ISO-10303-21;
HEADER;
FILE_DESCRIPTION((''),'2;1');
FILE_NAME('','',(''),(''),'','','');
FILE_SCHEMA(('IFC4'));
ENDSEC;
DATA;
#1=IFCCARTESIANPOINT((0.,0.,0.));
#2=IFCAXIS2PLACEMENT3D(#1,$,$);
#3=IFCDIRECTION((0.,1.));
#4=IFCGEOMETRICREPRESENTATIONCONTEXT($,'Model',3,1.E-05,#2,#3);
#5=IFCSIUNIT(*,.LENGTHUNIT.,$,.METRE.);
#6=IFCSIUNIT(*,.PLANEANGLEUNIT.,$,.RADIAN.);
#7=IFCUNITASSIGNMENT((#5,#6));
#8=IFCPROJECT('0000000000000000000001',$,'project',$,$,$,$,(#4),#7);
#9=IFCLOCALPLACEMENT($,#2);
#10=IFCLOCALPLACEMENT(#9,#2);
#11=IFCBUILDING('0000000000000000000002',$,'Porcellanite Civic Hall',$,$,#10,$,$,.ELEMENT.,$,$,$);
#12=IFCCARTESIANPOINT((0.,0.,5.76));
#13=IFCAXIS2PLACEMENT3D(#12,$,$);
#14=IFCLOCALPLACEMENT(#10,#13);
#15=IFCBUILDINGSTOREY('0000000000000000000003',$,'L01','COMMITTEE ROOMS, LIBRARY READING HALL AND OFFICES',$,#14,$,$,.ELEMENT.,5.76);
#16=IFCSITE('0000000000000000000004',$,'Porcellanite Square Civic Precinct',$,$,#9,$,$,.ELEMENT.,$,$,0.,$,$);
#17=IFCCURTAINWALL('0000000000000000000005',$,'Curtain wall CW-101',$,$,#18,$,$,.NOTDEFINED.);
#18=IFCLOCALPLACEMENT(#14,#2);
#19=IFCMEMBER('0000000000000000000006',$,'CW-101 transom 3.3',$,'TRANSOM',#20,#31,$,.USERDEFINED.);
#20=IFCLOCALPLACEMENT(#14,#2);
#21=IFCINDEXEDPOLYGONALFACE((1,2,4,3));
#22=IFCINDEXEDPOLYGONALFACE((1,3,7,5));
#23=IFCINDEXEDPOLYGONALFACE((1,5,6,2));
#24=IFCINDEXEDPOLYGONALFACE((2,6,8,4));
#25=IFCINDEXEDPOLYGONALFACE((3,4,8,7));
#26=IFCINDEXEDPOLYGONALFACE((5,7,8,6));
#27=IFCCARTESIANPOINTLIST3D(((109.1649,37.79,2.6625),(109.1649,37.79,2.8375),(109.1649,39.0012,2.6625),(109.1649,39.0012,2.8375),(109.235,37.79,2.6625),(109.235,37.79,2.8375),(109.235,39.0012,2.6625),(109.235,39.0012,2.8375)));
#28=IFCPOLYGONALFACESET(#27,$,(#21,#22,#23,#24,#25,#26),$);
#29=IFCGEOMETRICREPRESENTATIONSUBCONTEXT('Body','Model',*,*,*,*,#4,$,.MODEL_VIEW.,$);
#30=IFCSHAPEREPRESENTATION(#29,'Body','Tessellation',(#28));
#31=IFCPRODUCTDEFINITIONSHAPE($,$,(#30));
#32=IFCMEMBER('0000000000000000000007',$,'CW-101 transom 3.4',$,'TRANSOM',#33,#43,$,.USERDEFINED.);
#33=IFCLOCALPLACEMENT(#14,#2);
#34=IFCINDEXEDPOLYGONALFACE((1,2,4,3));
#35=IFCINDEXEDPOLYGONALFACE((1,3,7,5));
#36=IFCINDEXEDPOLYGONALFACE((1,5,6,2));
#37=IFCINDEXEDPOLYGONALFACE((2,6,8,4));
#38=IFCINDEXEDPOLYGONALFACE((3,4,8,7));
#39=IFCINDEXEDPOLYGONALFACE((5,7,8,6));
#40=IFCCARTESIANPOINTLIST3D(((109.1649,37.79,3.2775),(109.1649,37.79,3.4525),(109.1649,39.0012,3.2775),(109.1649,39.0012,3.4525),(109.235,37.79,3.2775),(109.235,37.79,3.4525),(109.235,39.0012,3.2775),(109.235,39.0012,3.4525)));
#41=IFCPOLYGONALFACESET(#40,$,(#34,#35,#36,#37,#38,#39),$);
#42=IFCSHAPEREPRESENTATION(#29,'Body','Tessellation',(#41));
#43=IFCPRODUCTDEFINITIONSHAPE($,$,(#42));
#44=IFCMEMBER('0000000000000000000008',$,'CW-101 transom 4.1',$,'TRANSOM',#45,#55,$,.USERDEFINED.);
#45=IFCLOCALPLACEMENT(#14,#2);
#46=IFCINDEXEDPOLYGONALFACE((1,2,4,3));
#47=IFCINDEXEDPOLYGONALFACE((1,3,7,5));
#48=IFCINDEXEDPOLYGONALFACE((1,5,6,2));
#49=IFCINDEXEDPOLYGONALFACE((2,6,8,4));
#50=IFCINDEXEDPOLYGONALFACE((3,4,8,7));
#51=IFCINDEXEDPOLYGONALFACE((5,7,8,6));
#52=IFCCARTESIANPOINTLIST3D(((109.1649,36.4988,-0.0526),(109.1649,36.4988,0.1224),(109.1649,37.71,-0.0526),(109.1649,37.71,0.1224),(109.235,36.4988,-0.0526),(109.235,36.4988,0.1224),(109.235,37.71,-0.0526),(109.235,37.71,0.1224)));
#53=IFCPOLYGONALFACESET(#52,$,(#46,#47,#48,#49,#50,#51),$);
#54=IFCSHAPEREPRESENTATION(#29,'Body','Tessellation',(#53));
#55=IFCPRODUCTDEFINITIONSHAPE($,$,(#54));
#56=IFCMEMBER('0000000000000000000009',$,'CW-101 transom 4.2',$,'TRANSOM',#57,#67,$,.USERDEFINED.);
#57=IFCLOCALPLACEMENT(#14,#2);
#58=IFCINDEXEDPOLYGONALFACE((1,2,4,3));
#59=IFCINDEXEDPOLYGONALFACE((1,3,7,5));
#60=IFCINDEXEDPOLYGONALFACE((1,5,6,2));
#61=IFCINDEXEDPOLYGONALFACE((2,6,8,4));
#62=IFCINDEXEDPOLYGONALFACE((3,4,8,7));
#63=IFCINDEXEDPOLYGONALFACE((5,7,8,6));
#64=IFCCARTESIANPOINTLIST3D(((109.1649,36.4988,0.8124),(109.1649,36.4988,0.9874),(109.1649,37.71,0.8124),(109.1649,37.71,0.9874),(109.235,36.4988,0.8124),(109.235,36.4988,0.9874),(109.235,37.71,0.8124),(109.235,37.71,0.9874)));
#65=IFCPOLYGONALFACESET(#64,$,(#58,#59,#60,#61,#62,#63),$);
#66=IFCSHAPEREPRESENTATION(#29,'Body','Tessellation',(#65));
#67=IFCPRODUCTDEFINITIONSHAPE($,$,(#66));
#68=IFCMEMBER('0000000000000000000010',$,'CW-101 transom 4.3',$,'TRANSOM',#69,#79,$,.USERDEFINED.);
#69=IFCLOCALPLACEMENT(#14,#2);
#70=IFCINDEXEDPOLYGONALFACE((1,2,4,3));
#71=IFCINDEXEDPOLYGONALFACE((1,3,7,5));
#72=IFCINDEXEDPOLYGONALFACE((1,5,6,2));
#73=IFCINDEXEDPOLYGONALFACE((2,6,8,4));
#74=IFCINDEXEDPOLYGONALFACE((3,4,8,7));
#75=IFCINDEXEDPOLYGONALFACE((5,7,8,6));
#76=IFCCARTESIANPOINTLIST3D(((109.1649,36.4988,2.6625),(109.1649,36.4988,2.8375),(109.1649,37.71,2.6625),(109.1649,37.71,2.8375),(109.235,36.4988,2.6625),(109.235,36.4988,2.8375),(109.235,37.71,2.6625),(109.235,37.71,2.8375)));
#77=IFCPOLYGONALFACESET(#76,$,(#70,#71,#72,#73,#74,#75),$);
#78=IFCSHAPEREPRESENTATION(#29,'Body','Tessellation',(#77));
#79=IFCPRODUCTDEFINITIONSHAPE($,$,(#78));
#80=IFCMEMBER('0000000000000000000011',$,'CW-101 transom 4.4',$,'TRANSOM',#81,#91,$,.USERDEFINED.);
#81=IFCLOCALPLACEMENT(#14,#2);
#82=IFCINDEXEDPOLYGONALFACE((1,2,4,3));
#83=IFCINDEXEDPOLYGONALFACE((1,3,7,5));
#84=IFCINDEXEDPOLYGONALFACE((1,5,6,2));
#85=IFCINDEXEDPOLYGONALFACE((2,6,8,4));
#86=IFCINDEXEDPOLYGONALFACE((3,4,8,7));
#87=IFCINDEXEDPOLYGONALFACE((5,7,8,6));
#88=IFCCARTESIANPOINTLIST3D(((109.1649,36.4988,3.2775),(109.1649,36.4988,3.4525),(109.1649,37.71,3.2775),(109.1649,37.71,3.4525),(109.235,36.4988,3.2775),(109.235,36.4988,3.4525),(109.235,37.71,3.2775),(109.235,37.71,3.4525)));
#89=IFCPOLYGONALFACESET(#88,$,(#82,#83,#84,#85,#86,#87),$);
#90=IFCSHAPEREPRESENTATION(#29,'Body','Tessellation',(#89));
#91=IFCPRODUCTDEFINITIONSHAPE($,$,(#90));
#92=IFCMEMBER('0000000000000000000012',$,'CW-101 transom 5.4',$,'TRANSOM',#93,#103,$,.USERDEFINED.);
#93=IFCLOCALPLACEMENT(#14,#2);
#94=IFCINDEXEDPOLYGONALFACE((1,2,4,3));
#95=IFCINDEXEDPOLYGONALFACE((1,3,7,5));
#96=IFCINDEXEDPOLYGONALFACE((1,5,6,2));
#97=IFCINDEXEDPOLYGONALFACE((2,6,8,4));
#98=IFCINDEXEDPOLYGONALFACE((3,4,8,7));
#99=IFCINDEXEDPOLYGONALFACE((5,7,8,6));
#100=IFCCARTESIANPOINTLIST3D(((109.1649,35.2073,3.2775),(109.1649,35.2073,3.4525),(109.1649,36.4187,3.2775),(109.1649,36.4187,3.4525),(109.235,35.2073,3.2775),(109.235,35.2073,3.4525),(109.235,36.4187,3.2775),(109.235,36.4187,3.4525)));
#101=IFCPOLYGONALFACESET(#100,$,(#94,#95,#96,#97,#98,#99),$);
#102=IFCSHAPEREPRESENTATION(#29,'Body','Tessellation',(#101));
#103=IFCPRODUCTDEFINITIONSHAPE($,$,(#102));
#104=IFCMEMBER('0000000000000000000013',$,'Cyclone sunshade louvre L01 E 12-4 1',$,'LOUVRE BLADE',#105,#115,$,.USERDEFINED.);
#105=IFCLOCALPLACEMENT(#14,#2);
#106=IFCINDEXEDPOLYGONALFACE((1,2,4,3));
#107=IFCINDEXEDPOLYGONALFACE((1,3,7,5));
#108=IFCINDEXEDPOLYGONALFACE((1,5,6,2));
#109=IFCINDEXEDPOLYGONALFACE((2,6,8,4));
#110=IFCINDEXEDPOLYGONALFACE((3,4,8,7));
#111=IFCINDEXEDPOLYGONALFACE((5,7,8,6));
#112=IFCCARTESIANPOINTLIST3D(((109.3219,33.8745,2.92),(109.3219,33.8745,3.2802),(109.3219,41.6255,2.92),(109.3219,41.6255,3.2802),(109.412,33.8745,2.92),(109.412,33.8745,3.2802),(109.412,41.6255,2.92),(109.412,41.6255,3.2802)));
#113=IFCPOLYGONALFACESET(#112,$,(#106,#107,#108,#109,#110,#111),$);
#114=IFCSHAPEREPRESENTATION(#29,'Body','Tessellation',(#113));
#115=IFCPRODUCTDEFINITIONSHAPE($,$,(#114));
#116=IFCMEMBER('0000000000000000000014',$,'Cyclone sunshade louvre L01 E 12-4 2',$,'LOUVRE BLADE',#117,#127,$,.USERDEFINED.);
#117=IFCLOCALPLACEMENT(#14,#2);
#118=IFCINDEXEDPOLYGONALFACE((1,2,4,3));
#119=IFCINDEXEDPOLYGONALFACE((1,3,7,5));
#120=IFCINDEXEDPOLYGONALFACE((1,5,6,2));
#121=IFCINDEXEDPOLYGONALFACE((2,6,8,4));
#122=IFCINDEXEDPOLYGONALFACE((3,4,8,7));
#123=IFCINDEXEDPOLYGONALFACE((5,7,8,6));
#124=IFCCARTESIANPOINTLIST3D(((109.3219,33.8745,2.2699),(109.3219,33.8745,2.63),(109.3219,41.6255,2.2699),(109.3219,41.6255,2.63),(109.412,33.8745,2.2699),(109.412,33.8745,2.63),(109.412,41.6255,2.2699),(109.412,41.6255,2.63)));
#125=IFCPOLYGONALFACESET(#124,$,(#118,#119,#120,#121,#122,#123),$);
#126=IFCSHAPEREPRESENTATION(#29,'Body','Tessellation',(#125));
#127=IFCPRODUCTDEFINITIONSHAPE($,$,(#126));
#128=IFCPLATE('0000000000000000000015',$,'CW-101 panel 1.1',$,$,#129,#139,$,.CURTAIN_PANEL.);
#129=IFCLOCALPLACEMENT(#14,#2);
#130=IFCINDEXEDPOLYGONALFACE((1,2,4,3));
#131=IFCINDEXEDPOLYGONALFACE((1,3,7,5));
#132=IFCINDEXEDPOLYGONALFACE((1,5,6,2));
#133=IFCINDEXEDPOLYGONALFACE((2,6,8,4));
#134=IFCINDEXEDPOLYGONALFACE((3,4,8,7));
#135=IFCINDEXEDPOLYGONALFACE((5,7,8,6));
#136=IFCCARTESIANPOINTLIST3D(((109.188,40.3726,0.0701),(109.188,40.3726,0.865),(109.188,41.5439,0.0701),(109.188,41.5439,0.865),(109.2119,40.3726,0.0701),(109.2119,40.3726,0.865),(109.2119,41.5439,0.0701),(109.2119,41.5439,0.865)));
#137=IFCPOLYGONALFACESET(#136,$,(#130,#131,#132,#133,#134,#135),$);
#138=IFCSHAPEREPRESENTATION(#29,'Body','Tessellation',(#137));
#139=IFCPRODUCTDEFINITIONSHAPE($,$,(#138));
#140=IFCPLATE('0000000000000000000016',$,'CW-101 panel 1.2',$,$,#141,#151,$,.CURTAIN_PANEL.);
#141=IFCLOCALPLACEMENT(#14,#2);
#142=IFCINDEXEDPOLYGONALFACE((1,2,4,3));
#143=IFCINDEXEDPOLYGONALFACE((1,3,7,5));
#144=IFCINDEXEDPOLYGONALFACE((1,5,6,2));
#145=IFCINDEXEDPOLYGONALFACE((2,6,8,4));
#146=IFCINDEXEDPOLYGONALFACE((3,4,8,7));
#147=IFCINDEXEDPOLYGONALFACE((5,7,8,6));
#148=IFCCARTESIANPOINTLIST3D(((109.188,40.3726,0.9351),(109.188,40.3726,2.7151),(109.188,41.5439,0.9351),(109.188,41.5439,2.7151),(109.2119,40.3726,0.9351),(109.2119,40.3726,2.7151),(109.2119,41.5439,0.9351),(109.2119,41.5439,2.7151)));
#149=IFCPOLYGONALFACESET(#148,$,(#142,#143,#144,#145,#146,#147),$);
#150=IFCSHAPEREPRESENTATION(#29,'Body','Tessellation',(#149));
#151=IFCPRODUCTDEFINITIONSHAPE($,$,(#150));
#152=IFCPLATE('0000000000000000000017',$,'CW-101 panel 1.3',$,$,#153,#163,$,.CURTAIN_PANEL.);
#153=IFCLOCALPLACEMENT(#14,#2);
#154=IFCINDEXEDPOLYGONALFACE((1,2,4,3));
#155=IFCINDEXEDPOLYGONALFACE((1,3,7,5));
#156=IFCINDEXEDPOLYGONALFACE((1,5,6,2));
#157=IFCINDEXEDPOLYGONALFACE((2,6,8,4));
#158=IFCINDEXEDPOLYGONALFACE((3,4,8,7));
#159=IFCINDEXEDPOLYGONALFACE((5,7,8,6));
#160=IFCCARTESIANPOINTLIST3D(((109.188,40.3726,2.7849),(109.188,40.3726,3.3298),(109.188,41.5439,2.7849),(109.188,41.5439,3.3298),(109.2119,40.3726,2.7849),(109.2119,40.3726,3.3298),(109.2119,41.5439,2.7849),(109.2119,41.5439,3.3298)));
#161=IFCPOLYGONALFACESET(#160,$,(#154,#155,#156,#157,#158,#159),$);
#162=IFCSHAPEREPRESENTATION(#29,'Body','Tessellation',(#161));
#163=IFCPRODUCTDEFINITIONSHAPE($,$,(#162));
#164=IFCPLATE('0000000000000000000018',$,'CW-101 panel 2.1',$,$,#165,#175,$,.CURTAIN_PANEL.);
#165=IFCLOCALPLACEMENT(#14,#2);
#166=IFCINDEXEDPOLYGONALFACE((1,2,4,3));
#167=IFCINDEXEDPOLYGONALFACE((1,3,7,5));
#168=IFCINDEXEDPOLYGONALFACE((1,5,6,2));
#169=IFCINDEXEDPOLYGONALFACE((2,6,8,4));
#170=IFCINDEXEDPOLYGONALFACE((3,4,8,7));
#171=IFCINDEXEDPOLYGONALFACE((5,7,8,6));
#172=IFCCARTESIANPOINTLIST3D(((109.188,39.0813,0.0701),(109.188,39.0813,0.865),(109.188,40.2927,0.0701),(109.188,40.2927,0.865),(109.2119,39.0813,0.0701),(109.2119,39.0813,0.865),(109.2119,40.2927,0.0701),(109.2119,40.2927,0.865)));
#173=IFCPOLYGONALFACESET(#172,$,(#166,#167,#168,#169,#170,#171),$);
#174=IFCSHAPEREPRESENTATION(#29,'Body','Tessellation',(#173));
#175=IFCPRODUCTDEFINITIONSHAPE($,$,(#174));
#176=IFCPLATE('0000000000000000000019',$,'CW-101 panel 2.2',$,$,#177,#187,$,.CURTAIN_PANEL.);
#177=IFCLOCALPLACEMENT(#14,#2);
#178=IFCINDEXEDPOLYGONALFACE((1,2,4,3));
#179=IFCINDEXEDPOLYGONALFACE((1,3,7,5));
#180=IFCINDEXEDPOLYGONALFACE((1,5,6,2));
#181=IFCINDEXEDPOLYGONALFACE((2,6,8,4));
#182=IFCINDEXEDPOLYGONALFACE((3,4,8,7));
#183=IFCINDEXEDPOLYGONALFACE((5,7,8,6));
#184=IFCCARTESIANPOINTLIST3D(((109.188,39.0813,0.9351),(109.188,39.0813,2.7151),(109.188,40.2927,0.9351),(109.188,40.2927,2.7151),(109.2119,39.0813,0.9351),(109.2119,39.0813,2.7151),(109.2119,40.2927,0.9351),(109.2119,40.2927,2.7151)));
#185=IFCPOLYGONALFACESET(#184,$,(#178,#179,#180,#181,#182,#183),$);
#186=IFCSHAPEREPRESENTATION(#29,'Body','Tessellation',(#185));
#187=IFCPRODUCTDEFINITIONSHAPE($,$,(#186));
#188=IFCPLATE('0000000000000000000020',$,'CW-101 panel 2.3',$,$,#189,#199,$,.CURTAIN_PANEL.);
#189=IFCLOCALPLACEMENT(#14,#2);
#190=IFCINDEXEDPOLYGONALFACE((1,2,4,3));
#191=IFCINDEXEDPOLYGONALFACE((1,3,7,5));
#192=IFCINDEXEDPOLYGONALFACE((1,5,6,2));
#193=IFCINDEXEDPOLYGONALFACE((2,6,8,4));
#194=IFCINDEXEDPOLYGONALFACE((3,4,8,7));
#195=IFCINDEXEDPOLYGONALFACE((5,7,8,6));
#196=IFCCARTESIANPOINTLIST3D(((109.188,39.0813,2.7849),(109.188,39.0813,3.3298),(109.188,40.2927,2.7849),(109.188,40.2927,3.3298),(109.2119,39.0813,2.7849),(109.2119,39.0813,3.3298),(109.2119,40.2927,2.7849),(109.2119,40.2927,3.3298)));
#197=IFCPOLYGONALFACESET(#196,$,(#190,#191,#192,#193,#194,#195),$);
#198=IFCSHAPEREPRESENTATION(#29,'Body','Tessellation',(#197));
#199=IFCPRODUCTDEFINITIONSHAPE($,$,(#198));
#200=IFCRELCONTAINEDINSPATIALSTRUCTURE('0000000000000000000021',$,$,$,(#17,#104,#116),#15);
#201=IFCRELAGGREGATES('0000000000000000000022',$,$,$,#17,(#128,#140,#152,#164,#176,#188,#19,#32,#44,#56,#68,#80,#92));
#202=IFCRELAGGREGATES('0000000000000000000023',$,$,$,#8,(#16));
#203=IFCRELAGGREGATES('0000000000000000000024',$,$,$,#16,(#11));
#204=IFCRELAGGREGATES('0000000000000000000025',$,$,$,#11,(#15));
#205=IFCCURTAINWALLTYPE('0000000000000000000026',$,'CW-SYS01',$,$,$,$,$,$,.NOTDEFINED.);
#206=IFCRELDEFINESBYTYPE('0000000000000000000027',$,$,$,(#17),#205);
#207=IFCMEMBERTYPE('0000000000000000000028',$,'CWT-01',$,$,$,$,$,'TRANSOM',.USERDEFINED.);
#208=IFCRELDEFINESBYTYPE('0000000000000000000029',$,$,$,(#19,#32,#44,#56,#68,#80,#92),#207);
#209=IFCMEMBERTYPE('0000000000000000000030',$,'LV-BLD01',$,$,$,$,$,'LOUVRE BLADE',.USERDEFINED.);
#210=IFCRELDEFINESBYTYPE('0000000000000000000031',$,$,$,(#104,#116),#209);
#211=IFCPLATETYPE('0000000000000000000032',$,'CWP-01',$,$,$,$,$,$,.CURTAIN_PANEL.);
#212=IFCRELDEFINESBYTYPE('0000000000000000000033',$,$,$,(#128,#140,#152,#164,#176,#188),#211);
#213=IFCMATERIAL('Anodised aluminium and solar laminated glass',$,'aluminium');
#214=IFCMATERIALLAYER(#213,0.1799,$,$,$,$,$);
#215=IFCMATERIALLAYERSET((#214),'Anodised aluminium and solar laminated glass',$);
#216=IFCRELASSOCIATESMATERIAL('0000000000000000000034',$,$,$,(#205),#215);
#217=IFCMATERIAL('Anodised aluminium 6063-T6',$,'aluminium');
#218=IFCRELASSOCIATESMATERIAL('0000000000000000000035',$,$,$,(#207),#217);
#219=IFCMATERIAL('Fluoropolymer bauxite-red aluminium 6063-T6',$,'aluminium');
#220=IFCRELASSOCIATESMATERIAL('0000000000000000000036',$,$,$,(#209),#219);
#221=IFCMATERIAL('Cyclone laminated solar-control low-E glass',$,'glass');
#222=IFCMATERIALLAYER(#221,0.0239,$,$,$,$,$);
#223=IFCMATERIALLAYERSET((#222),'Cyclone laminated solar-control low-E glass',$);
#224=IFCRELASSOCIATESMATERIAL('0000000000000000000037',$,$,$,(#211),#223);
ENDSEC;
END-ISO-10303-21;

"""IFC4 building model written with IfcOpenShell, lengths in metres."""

from ifc_helpers import new_model, si_unit, direction, frame, origin, origin_2d, place, context, subcontext, project, spatial, rectangle, extrude, material, layer, layer_set, material_profile, profile_set, type_object, element, aggregate, save


model = new_model("IFC4")

# Units and contexts
model_context = context("Model", 3, precision=1e-05, world=origin(), true_north=direction((0.0, 1.0)))
body_context = subcontext(model_context, "Body", "Model", "MODEL_VIEW")
ifc_project = project(units=[si_unit("LENGTHUNIT", "METRE"), si_unit("PLANEANGLEUNIT", "RADIAN")], contexts=[model_context])

# Site, building, storey
site_placement = place(None, origin())
site = spatial("IfcSite", under=ifc_project, at=site_placement, Name="Porcellanite Square Civic Precinct", CompositionType="ELEMENT", RefElevation=0.0)
building_placement = place(site_placement, origin())
building = spatial("IfcBuilding", under=site, at=building_placement, Name="Porcellanite Civic Hall", CompositionType="ELEMENT")
storey_placement = place(building_placement, frame((0.0, 0.0, 5.76)))
storey = spatial("IfcBuildingStorey", under=building, at=storey_placement, Name="L01", Description="COMMITTEE ROOMS, LIBRARY READING HALL AND OFFICES", CompositionType="ELEMENT", Elevation=5.76)

# Curtain wall, members
ifc_material_1 = material(Name="Anodised aluminium and solar laminated glass", Category="aluminium")
ifc_layer_1 = layer(ifc_material_1, 0.1799)
ifc_layer_set_1 = layer_set([ifc_layer_1], Name="Anodised aluminium and solar laminated glass")
curtain_wall_type = type_object("IfcCurtainWallType", Name="CW-SYS01", PredefinedType="NOTDEFINED", material=ifc_layer_set_1)
curtain_wall_placement = place(storey_placement, origin())
curtain_wall = element("IfcCurtainWall", 1, at=curtain_wall_placement, inside=storey, type_object=curtain_wall_type, Name="Curtain wall CW-101", PredefinedType="NOTDEFINED")
ifc_material_2 = material(Name="Anodised aluminium 6063-T6", Category="aluminium")
ifc_material_profile_1 = material_profile(ifc_material_2, rectangle(XDim=0.0701, YDim=0.175, at=origin_2d()), Name="AL-70x175")
ifc_profile_set_1 = profile_set([ifc_material_profile_1], Name="Anodised aluminium 6063-T6")
member_type_1 = type_object("IfcMemberType", Name="CWT-01", ElementType="TRANSOM", PredefinedType="USERDEFINED", material=ifc_profile_set_1)
member_1_placement = place(storey_placement, frame((109.2, 39.0012, 2.75), z_axis=(0.0, -1.0, 0.0), x_axis=(1.0, 0.0, 0.0)))
member_1 = element("IfcMember", 2, at=member_1_placement, type_object=member_type_1, Name="CW-101 transom 3.3", ObjectType="TRANSOM", PredefinedType="USERDEFINED", context=body_context, shape_type="SweptSolid", body=[
    extrude(rectangle(XDim=0.0701, YDim=0.175, at=origin_2d()), origin(), (0.0, 0.0, 1.0), 1.2112),
])
member_2_placement = place(storey_placement, frame((109.2, 39.0012, 3.365), z_axis=(0.0, -1.0, 0.0), x_axis=(1.0, 0.0, 0.0)))
member_2 = element("IfcMember", 3, at=member_2_placement, type_object=member_type_1, Name="CW-101 transom 3.4", ObjectType="TRANSOM", PredefinedType="USERDEFINED", context=body_context, shape_type="SweptSolid", body=[
    extrude(rectangle(XDim=0.0701, YDim=0.175, at=origin_2d()), origin(), (0.0, 0.0, 1.0), 1.2112),
])
member_3_placement = place(storey_placement, frame((109.2, 37.71, 0.0349), z_axis=(0.0, -1.0, 0.0), x_axis=(1.0, 0.0, 0.0)))
member_3 = element("IfcMember", 4, at=member_3_placement, type_object=member_type_1, Name="CW-101 transom 4.1", ObjectType="TRANSOM", PredefinedType="USERDEFINED", context=body_context, shape_type="SweptSolid", body=[
    extrude(rectangle(XDim=0.0701, YDim=0.175, at=origin_2d()), origin(), (0.0, 0.0, 1.0), 1.2112),
])
member_4_placement = place(storey_placement, frame((109.2, 37.71, 0.8999), z_axis=(0.0, -1.0, 0.0), x_axis=(1.0, 0.0, 0.0)))
member_4 = element("IfcMember", 5, at=member_4_placement, type_object=member_type_1, Name="CW-101 transom 4.2", ObjectType="TRANSOM", PredefinedType="USERDEFINED", context=body_context, shape_type="SweptSolid", body=[
    extrude(rectangle(XDim=0.0701, YDim=0.175, at=origin_2d()), origin(), (0.0, 0.0, 1.0), 1.2112),
])
member_5_placement = place(storey_placement, frame((109.2, 37.71, 2.75), z_axis=(0.0, -1.0, 0.0), x_axis=(1.0, 0.0, 0.0)))
member_5 = element("IfcMember", 6, at=member_5_placement, type_object=member_type_1, Name="CW-101 transom 4.3", ObjectType="TRANSOM", PredefinedType="USERDEFINED", context=body_context, shape_type="SweptSolid", body=[
    extrude(rectangle(XDim=0.0701, YDim=0.175, at=origin_2d()), origin(), (0.0, 0.0, 1.0), 1.2112),
])
member_6_placement = place(storey_placement, frame((109.2, 37.71, 3.365), z_axis=(0.0, -1.0, 0.0), x_axis=(1.0, 0.0, 0.0)))
member_6 = element("IfcMember", 7, at=member_6_placement, type_object=member_type_1, Name="CW-101 transom 4.4", ObjectType="TRANSOM", PredefinedType="USERDEFINED", context=body_context, shape_type="SweptSolid", body=[
    extrude(rectangle(XDim=0.0701, YDim=0.175, at=origin_2d()), origin(), (0.0, 0.0, 1.0), 1.2112),
])
member_7_placement = place(storey_placement, frame((109.2, 36.4187, 3.365), z_axis=(0.0, -1.0, 0.0), x_axis=(1.0, 0.0, 0.0)))
member_7 = element("IfcMember", 8, at=member_7_placement, type_object=member_type_1, Name="CW-101 transom 5.4", ObjectType="TRANSOM", PredefinedType="USERDEFINED", context=body_context, shape_type="SweptSolid", body=[
    extrude(rectangle(XDim=0.0701, YDim=0.175, at=origin_2d()), origin(), (0.0, 0.0, 1.0), 1.2114),
])

# Members
ifc_material_3 = material(Name="Fluoropolymer bauxite-red aluminium 6063-T6", Category="aluminium")
ifc_material_profile_2 = material_profile(ifc_material_3, rectangle(XDim=0.0901, YDim=0.3601, at=origin_2d()), Name="AL-90x360")
ifc_profile_set_2 = profile_set([ifc_material_profile_2], Name="Fluoropolymer bauxite-red aluminium 6063-T6")
member_type_2 = type_object("IfcMemberType", Name="LV-BLD01", ElementType="LOUVRE BLADE", PredefinedType="USERDEFINED", material=ifc_profile_set_2)
for number, where, z_axis, x_axis, name in (
    (9, (109.3669, 41.6255, 3.1001), (0.0, -1.0, 0.0), (1.0, 0.0, 0.0), "Cyclone sunshade louvre L01 E 12-4 1"),
    (10, (109.3669, 41.6255, 2.45), (0.0, -1.0, 0.0), (1.0, 0.0, 0.0), "Cyclone sunshade louvre L01 E 12-4 2"),
):
    element("IfcMember", number, at=place(storey_placement, frame(where, z_axis=z_axis, x_axis=x_axis)), inside=storey, type_object=member_type_2, Name=name, ObjectType="LOUVRE BLADE", PredefinedType="USERDEFINED", context=body_context, shape_type="SweptSolid", body=[
        extrude(rectangle(XDim=0.0901, YDim=0.3601, at=origin_2d()), origin(), (0.0, 0.0, 1.0), 7.751),
    ])

# Plates
ifc_material_4 = material(Name="Cyclone laminated solar-control low-E glass", Category="glass")
ifc_layer_2 = layer(ifc_material_4, 0.0239)
ifc_layer_set_2 = layer_set([ifc_layer_2], Name="Cyclone laminated solar-control low-E glass")
plate_type = type_object("IfcPlateType", Name="CWP-01", PredefinedType="CURTAIN_PANEL", material=ifc_layer_set_2)
plate_1_placement = place(storey_placement, frame((109.2, 40.9583, 0.0701), z_axis=(0.0, 0.0, 1.0), x_axis=(0.0, -1.0, 0.0)))
plate_1 = element("IfcPlate", 11, at=plate_1_placement, type_object=plate_type, Name="CW-101 panel 1.1", PredefinedType="CURTAIN_PANEL", context=body_context, shape_type="SweptSolid", body=[
    extrude(rectangle(XDim=1.1714, YDim=0.0239, at=origin_2d()), origin(), (0.0, 0.0, 1.0), 0.7949),
])
plate_2_placement = place(storey_placement, frame((109.2, 40.9583, 0.9351), z_axis=(0.0, 0.0, 1.0), x_axis=(0.0, -1.0, 0.0)))
plate_2 = element("IfcPlate", 12, at=plate_2_placement, type_object=plate_type, Name="CW-101 panel 1.2", PredefinedType="CURTAIN_PANEL", context=body_context, shape_type="SweptSolid", body=[
    extrude(rectangle(XDim=1.1714, YDim=0.0239, at=origin_2d()), origin(), (0.0, 0.0, 1.0), 1.78),
])
plate_3_placement = place(storey_placement, frame((109.2, 40.9583, 2.7849), z_axis=(0.0, 0.0, 1.0), x_axis=(0.0, -1.0, 0.0)))
plate_3 = element("IfcPlate", 13, at=plate_3_placement, type_object=plate_type, Name="CW-101 panel 1.3", PredefinedType="CURTAIN_PANEL", context=body_context, shape_type="SweptSolid", body=[
    extrude(rectangle(XDim=1.1714, YDim=0.0239, at=origin_2d()), origin(), (0.0, 0.0, 1.0), 0.5449),
])
plate_4_placement = place(storey_placement, frame((109.2, 39.687, 0.0701), z_axis=(0.0, 0.0, 1.0), x_axis=(0.0, -1.0, 0.0)))
plate_4 = element("IfcPlate", 14, at=plate_4_placement, type_object=plate_type, Name="CW-101 panel 2.1", PredefinedType="CURTAIN_PANEL", context=body_context, shape_type="SweptSolid", body=[
    extrude(rectangle(XDim=1.2114, YDim=0.0239, at=origin_2d()), origin(), (0.0, 0.0, 1.0), 0.7949),
])
plate_5_placement = place(storey_placement, frame((109.2, 39.687, 0.9351), z_axis=(0.0, 0.0, 1.0), x_axis=(0.0, -1.0, 0.0)))
plate_5 = element("IfcPlate", 15, at=plate_5_placement, type_object=plate_type, Name="CW-101 panel 2.2", PredefinedType="CURTAIN_PANEL", context=body_context, shape_type="SweptSolid", body=[
    extrude(rectangle(XDim=1.2114, YDim=0.0239, at=origin_2d()), origin(), (0.0, 0.0, 1.0), 1.78),
])
plate_6_placement = place(storey_placement, frame((109.2, 39.687, 2.7849), z_axis=(0.0, 0.0, 1.0), x_axis=(0.0, -1.0, 0.0)))
plate_6 = element("IfcPlate", 16, at=plate_6_placement, type_object=plate_type, Name="CW-101 panel 2.3", PredefinedType="CURTAIN_PANEL", context=body_context, shape_type="SweptSolid", body=[
    extrude(rectangle(XDim=1.2114, YDim=0.0239, at=origin_2d()), origin(), (0.0, 0.0, 1.0), 0.5449),
])
aggregate(curtain_wall, [plate_1, plate_2, plate_3, plate_4, plate_5, plate_6, member_1, member_2, member_3, member_4, member_5, member_6, member_7])

save(model, "model.ifc")
